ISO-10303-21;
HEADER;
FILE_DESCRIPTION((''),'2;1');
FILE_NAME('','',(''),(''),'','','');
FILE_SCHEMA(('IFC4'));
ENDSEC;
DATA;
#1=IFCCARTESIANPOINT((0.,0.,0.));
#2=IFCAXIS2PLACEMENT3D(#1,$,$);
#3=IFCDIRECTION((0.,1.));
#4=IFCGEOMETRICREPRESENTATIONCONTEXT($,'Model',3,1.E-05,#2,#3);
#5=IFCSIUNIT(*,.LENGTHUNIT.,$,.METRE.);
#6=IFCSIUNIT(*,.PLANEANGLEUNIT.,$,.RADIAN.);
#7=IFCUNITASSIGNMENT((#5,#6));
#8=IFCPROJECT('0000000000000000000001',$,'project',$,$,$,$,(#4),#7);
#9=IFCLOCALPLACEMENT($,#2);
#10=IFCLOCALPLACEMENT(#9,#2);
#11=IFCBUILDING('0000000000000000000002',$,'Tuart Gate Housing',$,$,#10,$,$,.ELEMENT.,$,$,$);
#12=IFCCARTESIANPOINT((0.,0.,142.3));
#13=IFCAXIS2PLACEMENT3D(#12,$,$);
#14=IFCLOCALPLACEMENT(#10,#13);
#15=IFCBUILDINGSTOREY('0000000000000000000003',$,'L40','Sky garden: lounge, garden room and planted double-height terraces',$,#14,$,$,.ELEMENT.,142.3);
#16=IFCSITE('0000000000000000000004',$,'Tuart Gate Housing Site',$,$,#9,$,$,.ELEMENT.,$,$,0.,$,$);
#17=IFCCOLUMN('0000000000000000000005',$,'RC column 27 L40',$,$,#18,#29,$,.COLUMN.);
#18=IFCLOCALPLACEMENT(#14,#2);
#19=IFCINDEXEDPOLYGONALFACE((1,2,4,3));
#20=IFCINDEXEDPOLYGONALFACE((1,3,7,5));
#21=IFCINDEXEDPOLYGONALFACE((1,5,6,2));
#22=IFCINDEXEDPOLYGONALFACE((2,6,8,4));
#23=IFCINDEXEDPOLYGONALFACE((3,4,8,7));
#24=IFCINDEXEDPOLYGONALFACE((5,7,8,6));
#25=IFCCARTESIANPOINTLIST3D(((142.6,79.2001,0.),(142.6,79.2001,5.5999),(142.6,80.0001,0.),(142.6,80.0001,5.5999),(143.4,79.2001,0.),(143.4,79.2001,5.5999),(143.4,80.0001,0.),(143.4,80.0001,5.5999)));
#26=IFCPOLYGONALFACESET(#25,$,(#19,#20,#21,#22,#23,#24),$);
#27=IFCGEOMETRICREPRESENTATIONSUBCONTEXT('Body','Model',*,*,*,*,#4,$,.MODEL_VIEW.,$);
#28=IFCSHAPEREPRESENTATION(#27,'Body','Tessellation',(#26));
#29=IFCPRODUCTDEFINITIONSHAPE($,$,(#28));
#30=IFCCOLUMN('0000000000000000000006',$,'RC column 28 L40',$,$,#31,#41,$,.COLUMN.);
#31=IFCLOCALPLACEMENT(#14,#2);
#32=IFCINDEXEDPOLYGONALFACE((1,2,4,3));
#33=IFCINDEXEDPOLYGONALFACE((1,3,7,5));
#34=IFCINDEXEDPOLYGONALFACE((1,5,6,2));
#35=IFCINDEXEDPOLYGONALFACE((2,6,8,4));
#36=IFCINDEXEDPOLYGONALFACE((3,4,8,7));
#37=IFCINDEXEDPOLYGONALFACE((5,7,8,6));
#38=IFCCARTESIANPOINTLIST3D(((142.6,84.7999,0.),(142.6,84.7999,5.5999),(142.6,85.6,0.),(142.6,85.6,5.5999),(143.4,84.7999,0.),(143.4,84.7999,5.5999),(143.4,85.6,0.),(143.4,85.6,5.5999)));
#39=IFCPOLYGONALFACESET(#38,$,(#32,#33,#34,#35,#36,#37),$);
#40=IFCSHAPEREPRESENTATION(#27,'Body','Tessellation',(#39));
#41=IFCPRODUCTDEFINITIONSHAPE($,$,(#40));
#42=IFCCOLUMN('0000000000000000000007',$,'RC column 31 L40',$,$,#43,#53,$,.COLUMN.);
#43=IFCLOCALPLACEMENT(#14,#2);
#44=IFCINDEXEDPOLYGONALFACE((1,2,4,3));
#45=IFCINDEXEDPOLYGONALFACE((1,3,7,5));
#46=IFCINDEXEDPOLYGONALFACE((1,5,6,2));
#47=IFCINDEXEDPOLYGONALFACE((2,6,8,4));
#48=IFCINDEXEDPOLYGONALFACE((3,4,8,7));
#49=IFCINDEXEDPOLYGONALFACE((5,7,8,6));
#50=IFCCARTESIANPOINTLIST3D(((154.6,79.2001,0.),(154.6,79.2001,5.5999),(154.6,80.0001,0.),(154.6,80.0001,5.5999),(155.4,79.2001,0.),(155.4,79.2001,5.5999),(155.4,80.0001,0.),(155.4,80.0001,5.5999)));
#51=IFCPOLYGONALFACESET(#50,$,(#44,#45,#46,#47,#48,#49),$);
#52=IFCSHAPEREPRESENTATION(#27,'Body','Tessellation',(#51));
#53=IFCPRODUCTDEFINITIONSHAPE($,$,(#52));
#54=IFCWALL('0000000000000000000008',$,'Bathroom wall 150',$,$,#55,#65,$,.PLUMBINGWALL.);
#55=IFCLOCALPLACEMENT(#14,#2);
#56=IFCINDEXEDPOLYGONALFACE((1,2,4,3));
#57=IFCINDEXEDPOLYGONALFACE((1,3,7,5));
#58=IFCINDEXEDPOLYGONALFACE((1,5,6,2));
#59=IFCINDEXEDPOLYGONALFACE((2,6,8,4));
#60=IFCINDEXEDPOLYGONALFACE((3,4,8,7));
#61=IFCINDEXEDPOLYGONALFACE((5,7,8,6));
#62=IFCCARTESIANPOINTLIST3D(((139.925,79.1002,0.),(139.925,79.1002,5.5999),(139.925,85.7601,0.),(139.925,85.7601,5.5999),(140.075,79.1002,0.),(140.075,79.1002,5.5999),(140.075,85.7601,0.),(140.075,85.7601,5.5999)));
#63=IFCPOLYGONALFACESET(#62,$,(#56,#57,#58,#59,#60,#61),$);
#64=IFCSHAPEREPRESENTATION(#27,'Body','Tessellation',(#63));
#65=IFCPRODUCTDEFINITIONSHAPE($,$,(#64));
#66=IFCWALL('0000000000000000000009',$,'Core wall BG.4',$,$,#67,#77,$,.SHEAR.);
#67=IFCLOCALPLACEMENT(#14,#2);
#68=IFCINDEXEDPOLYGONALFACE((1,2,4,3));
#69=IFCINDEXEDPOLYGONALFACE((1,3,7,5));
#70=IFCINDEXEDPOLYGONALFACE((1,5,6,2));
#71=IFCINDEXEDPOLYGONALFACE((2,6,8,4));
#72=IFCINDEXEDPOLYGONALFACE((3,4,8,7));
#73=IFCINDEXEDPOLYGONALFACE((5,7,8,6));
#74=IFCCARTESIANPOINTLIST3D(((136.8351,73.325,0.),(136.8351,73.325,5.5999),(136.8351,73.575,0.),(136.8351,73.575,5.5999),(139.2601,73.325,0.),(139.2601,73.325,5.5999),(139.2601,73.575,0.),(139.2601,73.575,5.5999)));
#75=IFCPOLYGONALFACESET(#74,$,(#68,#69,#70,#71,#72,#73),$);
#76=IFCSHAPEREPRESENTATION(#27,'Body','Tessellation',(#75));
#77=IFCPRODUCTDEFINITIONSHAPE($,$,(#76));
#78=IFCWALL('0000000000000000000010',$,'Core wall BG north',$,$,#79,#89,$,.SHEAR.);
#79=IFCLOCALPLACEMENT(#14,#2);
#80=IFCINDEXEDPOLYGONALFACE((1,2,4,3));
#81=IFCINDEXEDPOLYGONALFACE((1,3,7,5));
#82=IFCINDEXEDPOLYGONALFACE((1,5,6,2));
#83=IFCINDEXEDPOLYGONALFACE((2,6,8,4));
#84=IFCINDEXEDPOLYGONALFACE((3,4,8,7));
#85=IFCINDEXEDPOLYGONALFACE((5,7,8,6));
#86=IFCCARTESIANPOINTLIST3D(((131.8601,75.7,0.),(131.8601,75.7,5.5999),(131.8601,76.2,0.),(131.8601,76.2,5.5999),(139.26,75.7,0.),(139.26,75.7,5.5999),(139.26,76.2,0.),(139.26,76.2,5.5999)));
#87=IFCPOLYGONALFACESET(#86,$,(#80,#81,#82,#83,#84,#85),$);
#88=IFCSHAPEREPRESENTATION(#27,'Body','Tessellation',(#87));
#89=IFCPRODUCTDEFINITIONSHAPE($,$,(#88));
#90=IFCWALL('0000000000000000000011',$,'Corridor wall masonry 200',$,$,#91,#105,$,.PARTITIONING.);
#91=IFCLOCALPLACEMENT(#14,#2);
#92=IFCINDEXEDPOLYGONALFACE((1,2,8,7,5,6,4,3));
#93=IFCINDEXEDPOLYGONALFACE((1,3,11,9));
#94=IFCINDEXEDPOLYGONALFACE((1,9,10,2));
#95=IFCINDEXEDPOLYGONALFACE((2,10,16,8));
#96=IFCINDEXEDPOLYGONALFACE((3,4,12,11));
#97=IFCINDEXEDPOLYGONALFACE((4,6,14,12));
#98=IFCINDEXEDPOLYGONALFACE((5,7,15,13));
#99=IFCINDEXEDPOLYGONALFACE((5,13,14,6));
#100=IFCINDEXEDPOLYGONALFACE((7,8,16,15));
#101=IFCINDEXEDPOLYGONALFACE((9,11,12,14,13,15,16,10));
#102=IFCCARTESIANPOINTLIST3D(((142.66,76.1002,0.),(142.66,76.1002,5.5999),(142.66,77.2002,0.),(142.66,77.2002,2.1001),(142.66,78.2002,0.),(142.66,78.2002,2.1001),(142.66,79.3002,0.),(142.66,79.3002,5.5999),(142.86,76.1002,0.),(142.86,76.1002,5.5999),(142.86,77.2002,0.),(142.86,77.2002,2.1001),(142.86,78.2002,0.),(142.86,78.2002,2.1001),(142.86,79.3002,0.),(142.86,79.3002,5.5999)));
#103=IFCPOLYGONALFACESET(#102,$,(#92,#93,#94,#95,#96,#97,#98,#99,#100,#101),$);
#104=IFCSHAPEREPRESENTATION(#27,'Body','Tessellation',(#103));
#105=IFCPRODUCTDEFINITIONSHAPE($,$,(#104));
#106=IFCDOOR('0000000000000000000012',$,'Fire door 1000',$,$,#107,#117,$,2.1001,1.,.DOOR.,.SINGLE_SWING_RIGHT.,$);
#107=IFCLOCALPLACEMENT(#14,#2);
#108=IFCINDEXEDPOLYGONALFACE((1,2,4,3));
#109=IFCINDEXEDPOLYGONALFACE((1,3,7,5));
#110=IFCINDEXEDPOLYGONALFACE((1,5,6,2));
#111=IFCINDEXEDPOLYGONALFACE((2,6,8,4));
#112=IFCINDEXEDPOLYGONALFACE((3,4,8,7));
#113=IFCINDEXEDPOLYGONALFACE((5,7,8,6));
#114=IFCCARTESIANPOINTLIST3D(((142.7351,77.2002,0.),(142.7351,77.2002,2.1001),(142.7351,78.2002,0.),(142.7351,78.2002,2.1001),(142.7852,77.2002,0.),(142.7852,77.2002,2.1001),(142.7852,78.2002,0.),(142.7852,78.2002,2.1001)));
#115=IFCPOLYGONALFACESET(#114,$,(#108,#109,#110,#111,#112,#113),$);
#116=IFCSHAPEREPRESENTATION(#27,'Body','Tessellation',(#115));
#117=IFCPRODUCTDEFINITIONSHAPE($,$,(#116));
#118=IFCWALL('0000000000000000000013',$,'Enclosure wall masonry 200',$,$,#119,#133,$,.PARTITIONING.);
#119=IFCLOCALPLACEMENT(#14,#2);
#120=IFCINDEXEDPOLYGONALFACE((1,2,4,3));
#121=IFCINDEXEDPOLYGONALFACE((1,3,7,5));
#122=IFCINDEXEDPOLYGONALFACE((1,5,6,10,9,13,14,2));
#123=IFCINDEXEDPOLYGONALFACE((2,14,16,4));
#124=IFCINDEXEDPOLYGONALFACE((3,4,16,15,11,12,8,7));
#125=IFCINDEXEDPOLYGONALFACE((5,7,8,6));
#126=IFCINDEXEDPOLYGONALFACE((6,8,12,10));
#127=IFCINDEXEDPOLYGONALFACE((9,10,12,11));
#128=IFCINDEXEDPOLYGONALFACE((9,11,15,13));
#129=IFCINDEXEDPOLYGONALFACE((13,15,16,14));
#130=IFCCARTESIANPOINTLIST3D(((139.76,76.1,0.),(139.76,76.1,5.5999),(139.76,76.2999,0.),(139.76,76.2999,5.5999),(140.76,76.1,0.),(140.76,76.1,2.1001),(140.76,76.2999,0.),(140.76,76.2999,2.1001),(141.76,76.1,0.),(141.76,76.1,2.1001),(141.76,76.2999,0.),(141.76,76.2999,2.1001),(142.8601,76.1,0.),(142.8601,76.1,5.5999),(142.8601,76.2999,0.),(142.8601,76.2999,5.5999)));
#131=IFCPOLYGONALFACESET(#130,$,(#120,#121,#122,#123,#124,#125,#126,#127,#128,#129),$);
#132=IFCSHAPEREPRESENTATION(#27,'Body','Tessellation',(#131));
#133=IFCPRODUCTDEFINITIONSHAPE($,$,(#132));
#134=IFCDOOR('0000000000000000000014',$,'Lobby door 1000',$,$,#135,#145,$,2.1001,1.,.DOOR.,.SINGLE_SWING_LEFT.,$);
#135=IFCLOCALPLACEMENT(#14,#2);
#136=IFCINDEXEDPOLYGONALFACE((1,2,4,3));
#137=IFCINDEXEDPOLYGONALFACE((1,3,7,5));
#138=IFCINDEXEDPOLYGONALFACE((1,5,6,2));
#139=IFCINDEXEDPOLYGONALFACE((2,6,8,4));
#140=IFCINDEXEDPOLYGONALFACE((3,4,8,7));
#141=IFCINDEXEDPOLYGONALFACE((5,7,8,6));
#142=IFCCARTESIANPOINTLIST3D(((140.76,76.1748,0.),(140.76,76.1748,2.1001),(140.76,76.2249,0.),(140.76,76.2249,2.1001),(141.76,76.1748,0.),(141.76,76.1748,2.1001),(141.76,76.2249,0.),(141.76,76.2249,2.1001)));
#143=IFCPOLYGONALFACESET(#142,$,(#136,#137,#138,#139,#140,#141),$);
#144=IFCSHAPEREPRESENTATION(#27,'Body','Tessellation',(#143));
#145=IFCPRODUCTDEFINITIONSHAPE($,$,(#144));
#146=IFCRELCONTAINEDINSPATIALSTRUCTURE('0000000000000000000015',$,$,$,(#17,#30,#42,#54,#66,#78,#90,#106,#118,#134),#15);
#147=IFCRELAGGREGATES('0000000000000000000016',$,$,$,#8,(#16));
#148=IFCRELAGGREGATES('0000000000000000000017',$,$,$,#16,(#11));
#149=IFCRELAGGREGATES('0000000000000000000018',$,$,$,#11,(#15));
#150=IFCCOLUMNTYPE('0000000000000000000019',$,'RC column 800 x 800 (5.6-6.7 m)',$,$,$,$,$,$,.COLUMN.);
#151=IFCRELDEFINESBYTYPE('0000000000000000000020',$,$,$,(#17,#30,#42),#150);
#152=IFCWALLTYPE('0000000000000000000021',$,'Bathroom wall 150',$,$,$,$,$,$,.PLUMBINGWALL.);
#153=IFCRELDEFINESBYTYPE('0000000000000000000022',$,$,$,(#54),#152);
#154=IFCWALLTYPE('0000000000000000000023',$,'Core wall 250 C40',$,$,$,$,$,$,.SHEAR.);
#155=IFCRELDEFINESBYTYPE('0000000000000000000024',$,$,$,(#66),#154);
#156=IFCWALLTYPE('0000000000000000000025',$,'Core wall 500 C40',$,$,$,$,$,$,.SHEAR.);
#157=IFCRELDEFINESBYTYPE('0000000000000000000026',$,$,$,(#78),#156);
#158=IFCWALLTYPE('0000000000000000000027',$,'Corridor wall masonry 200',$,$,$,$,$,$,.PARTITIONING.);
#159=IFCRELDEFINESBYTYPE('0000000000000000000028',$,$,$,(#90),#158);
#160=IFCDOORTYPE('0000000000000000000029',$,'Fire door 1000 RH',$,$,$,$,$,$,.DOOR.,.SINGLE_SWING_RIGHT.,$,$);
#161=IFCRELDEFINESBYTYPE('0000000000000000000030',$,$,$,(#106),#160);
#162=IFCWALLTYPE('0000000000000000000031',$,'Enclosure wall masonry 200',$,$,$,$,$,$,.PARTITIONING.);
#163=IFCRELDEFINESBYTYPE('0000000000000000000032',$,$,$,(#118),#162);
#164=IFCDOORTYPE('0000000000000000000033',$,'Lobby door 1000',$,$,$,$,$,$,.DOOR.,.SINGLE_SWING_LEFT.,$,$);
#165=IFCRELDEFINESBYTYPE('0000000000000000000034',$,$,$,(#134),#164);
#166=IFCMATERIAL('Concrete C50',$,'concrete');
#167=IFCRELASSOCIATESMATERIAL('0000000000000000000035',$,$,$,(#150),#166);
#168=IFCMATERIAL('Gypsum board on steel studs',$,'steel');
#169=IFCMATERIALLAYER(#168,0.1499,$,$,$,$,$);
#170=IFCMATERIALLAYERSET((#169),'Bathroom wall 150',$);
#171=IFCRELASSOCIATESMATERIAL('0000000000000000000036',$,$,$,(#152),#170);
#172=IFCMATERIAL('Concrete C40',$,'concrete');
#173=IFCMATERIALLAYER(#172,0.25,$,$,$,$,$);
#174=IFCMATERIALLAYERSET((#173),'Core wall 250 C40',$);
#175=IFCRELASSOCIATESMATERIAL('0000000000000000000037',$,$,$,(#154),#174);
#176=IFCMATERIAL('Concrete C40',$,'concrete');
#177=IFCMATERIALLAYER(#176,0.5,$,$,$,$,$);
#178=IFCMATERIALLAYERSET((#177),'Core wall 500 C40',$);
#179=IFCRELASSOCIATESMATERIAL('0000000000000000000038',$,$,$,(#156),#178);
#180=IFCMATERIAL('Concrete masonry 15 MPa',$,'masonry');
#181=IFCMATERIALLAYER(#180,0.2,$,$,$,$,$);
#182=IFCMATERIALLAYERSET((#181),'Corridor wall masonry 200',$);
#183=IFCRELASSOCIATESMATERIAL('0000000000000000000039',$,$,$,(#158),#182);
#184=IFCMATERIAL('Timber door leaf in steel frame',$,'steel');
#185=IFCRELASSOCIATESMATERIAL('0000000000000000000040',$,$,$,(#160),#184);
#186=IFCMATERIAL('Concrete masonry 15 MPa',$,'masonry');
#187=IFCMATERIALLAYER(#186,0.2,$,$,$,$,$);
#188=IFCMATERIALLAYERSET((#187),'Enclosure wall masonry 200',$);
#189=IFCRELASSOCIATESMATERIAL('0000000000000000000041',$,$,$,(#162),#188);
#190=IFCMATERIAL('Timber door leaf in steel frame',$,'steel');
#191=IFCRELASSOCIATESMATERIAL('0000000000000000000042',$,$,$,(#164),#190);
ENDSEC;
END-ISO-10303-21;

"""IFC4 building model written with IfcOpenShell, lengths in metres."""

from ifc_helpers import new_model, si_unit, direction, frame, frame_2d, origin, origin_2d, place, context, subcontext, project, spatial, rectangle, extrude, material, layer, layer_set, material_profile, profile_set, type_object, element, fill, save


model = new_model("IFC4")

# Units and contexts
model_context = context("Model", 3, precision=1e-05, world=origin(), true_north=direction((0.0, 1.0)))
body_context = subcontext(model_context, "Body", "Model", "MODEL_VIEW")
ifc_project = project(units=[si_unit("LENGTHUNIT", "METRE"), si_unit("PLANEANGLEUNIT", "RADIAN")], contexts=[model_context])

# Site, building, storey
site_placement = place(None, origin())
site = spatial("IfcSite", under=ifc_project, at=site_placement, Name="Tuart Gate Housing Site", CompositionType="ELEMENT", RefElevation=0.0)
building_placement = place(site_placement, origin())
building = spatial("IfcBuilding", under=site, at=building_placement, Name="Tuart Gate Housing", CompositionType="ELEMENT")
storey_placement = place(building_placement, frame((0.0, 0.0, 142.3)))
storey = spatial("IfcBuildingStorey", under=building, at=storey_placement, Name="L40", Description="Sky garden: lounge, garden room and planted double-height terraces", CompositionType="ELEMENT", Elevation=142.3)

# Columns
ifc_material_1 = material(Name="Concrete C50", Category="concrete")
ifc_material_profile = material_profile(ifc_material_1, rectangle(XDim=0.8, YDim=0.8, at=origin_2d()), Name="RC column 800 x 800 (5.6-6.7 m)")
ifc_profile_set = profile_set([ifc_material_profile], Name="Concrete C50")
column_type = type_object("IfcColumnType", Name="RC column 800 x 800 (5.6-6.7 m)", PredefinedType="COLUMN", material=ifc_profile_set)
for number, where, z_axis, x_axis, name in (
    (1, (143.0, 79.6001, 0.0), (0.0, 0.0, 1.0), (1.0, 0.0, 0.0), "RC column 27 L40"),
    (2, (143.0, 85.2, 0.0), (0.0, 0.0, 1.0), (1.0, 0.0, 0.0), "RC column 28 L40"),
    (3, (155.0, 79.6001, 0.0), (0.0, 0.0, 1.0), (1.0, 0.0, 0.0), "RC column 31 L40"),
):
    element("IfcColumn", number, at=place(storey_placement, frame(where, z_axis=z_axis, x_axis=x_axis)), inside=storey, type_object=column_type, Name=name, PredefinedType="COLUMN", context=body_context, shape_type="SweptSolid", body=[
        extrude(rectangle(XDim=0.8, YDim=0.8, at=origin_2d()), origin(), (0.0, 0.0, 1.0), 5.5999),
    ])

# Walls
ifc_material_2 = material(Name="Gypsum board on steel studs", Category="steel")
ifc_layer_1 = layer(ifc_material_2, 0.1499)
ifc_layer_set_1 = layer_set([ifc_layer_1], Name="Bathroom wall 150")
wall_type_1 = type_object("IfcWallType", Name="Bathroom wall 150", PredefinedType="PLUMBINGWALL", material=ifc_layer_set_1)
wall_1_placement = place(storey_placement, frame((140.0, 79.1001, 0.0), z_axis=(0.0, 0.0, 1.0), x_axis=(0.0, 1.0, 0.0)))
element("IfcWall", 4, at=wall_1_placement, inside=storey, type_object=wall_type_1, Name="Bathroom wall 150", PredefinedType="PLUMBINGWALL", context=body_context, shape_type="SweptSolid", body=[
    extrude(rectangle(XDim=6.6599, YDim=0.1499, at=frame_2d((3.3301, 0.0))), origin(), (0.0, 0.0, 1.0), 5.5999),
])
ifc_material_3 = material(Name="Concrete C40", Category="concrete")
ifc_layer_2 = layer(ifc_material_3, 0.25)
ifc_layer_set_2 = layer_set([ifc_layer_2], Name="Core wall 250 C40")
wall_type_2 = type_object("IfcWallType", Name="Core wall 250 C40", PredefinedType="SHEAR", material=ifc_layer_set_2)
wall_2_placement = place(storey_placement, frame((139.26, 73.45, 0.0), z_axis=(0.0, 0.0, 1.0), x_axis=(-1.0, 0.0, 0.0)))
element("IfcWall", 5, at=wall_2_placement, inside=storey, type_object=wall_type_2, Name="Core wall BG.4", PredefinedType="SHEAR", context=body_context, shape_type="SweptSolid", body=[
    extrude(rectangle(XDim=2.425, YDim=0.25, at=frame_2d((1.2124, 0.0))), origin(), (0.0, 0.0, 1.0), 5.5999),
])
ifc_material_4 = material(Name="Concrete C40", Category="concrete")
ifc_layer_3 = layer(ifc_material_4, 0.5)
ifc_layer_set_3 = layer_set([ifc_layer_3], Name="Core wall 500 C40")
wall_type_3 = type_object("IfcWallType", Name="Core wall 500 C40", PredefinedType="SHEAR", material=ifc_layer_set_3)
wall_3_placement = place(storey_placement, frame((139.26, 75.95, 0.0), z_axis=(0.0, 0.0, 1.0), x_axis=(-1.0, 0.0, 0.0)))
element("IfcWall", 6, at=wall_3_placement, inside=storey, type_object=wall_type_3, Name="Core wall BG north", PredefinedType="SHEAR", context=body_context, shape_type="SweptSolid", body=[
    extrude(rectangle(XDim=7.3999, YDim=0.5, at=frame_2d((3.7, 0.0))), origin(), (0.0, 0.0, 1.0), 5.5999),
])

# Walls, openings, doors
ifc_material_5 = material(Name="Concrete masonry 15 MPa", Category="masonry")
ifc_layer_4 = layer(ifc_material_5, 0.2)
ifc_layer_set_4 = layer_set([ifc_layer_4], Name="Corridor wall masonry 200")
wall_type_4 = type_object("IfcWallType", Name="Corridor wall masonry 200", PredefinedType="PARTITIONING", material=ifc_layer_set_4)
wall_4_placement = place(storey_placement, frame((142.76, 76.1001, 0.0), z_axis=(0.0, 0.0, 1.0), x_axis=(0.0, 1.0, 0.0)))
wall_4 = element("IfcWall", 7, at=wall_4_placement, inside=storey, type_object=wall_type_4, Name="Corridor wall masonry 200", PredefinedType="PARTITIONING", context=body_context, shape_type="SweptSolid", body=[
    extrude(rectangle(XDim=3.2, YDim=0.2, at=frame_2d((1.6001, 0.0))), origin(), (0.0, 0.0, 1.0), 5.5999),
])
opening_1_placement = place(wall_4_placement, frame((1.1001, 0.0, 0.0)))
opening_1 = element("IfcOpeningElement", 8, at=opening_1_placement, cuts=wall_4, PredefinedType="OPENING", context=body_context, shape_type="SweptSolid", body=[
    extrude(rectangle(XDim=1.0, YDim=2.1001, at=frame_2d((0.5, 1.05))), frame((0.0, 0.1099, 0.0), z_axis=(0.0, -1.0, 0.0), x_axis=(1.0, 0.0, 0.0)), (0.0, 0.0, 1.0), 0.22),
])
ifc_material_6 = material(Name="Timber door leaf in steel frame", Category="steel")
door_type_1 = type_object("IfcDoorType", Name="Fire door 1000 RH", OperationType="SINGLE_SWING_RIGHT", PredefinedType="DOOR", material=ifc_material_6)
door_1_placement = place(opening_1_placement, frame((1.0, 0.0, 0.0), z_axis=(0.0, 0.0, 1.0), x_axis=(-1.0, 0.0, 0.0)))
door_1 = element("IfcDoor", 9, at=door_1_placement, inside=storey, type_object=door_type_1, Name="Fire door 1000", OperationType="SINGLE_SWING_RIGHT", OverallHeight=2.1001, OverallWidth=1.0, PredefinedType="DOOR", context=body_context, shape_type="SweptSolid", body=[
    extrude(rectangle(XDim=1.0, YDim=2.1001, at=frame_2d((0.5, 1.05))), frame((0.0, 0.0251, 0.0), z_axis=(0.0, -1.0, 0.0), x_axis=(1.0, 0.0, 0.0)), (0.0, 0.0, 1.0), 0.05),
])
fill(opening_1, door_1)
ifc_material_7 = material(Name="Concrete masonry 15 MPa", Category="masonry")
ifc_layer_5 = layer(ifc_material_7, 0.2)
ifc_layer_set_5 = layer_set([ifc_layer_5], Name="Enclosure wall masonry 200")
wall_type_5 = type_object("IfcWallType", Name="Enclosure wall masonry 200", PredefinedType="PARTITIONING", material=ifc_layer_set_5)
wall_5_placement = place(storey_placement, frame((139.76, 76.2, 0.0), z_axis=(0.0, 0.0, 1.0), x_axis=(1.0, 0.0, 0.0)))
wall_5 = element("IfcWall", 10, at=wall_5_placement, inside=storey, type_object=wall_type_5, Name="Enclosure wall masonry 200", PredefinedType="PARTITIONING", context=body_context, shape_type="SweptSolid", body=[
    extrude(rectangle(XDim=3.1001, YDim=0.2, at=frame_2d((1.55, 0.0))), origin(), (0.0, 0.0, 1.0), 5.5999),
])
opening_2_placement = place(wall_5_placement, frame((1.0, 0.0, 0.0)))
opening_2 = element("IfcOpeningElement", 11, at=opening_2_placement, cuts=wall_5, PredefinedType="OPENING", context=body_context, shape_type="SweptSolid", body=[
    extrude(rectangle(XDim=1.0, YDim=2.1001, at=frame_2d((0.5, 1.05))), frame((0.0, 0.1099, 0.0), z_axis=(0.0, -1.0, 0.0), x_axis=(1.0, 0.0, 0.0)), (0.0, 0.0, 1.0), 0.22),
])
ifc_material_8 = material(Name="Timber door leaf in steel frame", Category="steel")
door_type_2 = type_object("IfcDoorType", Name="Lobby door 1000", OperationType="SINGLE_SWING_LEFT", PredefinedType="DOOR", material=ifc_material_8)
door_2_placement = place(opening_2_placement, frame((1.0, 0.0, 0.0), z_axis=(0.0, 0.0, 1.0), x_axis=(-1.0, 0.0, 0.0)))
door_2 = element("IfcDoor", 12, at=door_2_placement, inside=storey, type_object=door_type_2, Name="Lobby door 1000", OperationType="SINGLE_SWING_LEFT", OverallHeight=2.1001, OverallWidth=1.0, PredefinedType="DOOR", context=body_context, shape_type="SweptSolid", body=[
    extrude(rectangle(XDim=1.0, YDim=2.1001, at=frame_2d((0.5, 1.05))), frame((0.0, 0.0251, 0.0), z_axis=(0.0, -1.0, 0.0), x_axis=(1.0, 0.0, 0.0)), (0.0, 0.0, 1.0), 0.05),
])
fill(opening_2, door_2)

save(model, "model.ifc")
